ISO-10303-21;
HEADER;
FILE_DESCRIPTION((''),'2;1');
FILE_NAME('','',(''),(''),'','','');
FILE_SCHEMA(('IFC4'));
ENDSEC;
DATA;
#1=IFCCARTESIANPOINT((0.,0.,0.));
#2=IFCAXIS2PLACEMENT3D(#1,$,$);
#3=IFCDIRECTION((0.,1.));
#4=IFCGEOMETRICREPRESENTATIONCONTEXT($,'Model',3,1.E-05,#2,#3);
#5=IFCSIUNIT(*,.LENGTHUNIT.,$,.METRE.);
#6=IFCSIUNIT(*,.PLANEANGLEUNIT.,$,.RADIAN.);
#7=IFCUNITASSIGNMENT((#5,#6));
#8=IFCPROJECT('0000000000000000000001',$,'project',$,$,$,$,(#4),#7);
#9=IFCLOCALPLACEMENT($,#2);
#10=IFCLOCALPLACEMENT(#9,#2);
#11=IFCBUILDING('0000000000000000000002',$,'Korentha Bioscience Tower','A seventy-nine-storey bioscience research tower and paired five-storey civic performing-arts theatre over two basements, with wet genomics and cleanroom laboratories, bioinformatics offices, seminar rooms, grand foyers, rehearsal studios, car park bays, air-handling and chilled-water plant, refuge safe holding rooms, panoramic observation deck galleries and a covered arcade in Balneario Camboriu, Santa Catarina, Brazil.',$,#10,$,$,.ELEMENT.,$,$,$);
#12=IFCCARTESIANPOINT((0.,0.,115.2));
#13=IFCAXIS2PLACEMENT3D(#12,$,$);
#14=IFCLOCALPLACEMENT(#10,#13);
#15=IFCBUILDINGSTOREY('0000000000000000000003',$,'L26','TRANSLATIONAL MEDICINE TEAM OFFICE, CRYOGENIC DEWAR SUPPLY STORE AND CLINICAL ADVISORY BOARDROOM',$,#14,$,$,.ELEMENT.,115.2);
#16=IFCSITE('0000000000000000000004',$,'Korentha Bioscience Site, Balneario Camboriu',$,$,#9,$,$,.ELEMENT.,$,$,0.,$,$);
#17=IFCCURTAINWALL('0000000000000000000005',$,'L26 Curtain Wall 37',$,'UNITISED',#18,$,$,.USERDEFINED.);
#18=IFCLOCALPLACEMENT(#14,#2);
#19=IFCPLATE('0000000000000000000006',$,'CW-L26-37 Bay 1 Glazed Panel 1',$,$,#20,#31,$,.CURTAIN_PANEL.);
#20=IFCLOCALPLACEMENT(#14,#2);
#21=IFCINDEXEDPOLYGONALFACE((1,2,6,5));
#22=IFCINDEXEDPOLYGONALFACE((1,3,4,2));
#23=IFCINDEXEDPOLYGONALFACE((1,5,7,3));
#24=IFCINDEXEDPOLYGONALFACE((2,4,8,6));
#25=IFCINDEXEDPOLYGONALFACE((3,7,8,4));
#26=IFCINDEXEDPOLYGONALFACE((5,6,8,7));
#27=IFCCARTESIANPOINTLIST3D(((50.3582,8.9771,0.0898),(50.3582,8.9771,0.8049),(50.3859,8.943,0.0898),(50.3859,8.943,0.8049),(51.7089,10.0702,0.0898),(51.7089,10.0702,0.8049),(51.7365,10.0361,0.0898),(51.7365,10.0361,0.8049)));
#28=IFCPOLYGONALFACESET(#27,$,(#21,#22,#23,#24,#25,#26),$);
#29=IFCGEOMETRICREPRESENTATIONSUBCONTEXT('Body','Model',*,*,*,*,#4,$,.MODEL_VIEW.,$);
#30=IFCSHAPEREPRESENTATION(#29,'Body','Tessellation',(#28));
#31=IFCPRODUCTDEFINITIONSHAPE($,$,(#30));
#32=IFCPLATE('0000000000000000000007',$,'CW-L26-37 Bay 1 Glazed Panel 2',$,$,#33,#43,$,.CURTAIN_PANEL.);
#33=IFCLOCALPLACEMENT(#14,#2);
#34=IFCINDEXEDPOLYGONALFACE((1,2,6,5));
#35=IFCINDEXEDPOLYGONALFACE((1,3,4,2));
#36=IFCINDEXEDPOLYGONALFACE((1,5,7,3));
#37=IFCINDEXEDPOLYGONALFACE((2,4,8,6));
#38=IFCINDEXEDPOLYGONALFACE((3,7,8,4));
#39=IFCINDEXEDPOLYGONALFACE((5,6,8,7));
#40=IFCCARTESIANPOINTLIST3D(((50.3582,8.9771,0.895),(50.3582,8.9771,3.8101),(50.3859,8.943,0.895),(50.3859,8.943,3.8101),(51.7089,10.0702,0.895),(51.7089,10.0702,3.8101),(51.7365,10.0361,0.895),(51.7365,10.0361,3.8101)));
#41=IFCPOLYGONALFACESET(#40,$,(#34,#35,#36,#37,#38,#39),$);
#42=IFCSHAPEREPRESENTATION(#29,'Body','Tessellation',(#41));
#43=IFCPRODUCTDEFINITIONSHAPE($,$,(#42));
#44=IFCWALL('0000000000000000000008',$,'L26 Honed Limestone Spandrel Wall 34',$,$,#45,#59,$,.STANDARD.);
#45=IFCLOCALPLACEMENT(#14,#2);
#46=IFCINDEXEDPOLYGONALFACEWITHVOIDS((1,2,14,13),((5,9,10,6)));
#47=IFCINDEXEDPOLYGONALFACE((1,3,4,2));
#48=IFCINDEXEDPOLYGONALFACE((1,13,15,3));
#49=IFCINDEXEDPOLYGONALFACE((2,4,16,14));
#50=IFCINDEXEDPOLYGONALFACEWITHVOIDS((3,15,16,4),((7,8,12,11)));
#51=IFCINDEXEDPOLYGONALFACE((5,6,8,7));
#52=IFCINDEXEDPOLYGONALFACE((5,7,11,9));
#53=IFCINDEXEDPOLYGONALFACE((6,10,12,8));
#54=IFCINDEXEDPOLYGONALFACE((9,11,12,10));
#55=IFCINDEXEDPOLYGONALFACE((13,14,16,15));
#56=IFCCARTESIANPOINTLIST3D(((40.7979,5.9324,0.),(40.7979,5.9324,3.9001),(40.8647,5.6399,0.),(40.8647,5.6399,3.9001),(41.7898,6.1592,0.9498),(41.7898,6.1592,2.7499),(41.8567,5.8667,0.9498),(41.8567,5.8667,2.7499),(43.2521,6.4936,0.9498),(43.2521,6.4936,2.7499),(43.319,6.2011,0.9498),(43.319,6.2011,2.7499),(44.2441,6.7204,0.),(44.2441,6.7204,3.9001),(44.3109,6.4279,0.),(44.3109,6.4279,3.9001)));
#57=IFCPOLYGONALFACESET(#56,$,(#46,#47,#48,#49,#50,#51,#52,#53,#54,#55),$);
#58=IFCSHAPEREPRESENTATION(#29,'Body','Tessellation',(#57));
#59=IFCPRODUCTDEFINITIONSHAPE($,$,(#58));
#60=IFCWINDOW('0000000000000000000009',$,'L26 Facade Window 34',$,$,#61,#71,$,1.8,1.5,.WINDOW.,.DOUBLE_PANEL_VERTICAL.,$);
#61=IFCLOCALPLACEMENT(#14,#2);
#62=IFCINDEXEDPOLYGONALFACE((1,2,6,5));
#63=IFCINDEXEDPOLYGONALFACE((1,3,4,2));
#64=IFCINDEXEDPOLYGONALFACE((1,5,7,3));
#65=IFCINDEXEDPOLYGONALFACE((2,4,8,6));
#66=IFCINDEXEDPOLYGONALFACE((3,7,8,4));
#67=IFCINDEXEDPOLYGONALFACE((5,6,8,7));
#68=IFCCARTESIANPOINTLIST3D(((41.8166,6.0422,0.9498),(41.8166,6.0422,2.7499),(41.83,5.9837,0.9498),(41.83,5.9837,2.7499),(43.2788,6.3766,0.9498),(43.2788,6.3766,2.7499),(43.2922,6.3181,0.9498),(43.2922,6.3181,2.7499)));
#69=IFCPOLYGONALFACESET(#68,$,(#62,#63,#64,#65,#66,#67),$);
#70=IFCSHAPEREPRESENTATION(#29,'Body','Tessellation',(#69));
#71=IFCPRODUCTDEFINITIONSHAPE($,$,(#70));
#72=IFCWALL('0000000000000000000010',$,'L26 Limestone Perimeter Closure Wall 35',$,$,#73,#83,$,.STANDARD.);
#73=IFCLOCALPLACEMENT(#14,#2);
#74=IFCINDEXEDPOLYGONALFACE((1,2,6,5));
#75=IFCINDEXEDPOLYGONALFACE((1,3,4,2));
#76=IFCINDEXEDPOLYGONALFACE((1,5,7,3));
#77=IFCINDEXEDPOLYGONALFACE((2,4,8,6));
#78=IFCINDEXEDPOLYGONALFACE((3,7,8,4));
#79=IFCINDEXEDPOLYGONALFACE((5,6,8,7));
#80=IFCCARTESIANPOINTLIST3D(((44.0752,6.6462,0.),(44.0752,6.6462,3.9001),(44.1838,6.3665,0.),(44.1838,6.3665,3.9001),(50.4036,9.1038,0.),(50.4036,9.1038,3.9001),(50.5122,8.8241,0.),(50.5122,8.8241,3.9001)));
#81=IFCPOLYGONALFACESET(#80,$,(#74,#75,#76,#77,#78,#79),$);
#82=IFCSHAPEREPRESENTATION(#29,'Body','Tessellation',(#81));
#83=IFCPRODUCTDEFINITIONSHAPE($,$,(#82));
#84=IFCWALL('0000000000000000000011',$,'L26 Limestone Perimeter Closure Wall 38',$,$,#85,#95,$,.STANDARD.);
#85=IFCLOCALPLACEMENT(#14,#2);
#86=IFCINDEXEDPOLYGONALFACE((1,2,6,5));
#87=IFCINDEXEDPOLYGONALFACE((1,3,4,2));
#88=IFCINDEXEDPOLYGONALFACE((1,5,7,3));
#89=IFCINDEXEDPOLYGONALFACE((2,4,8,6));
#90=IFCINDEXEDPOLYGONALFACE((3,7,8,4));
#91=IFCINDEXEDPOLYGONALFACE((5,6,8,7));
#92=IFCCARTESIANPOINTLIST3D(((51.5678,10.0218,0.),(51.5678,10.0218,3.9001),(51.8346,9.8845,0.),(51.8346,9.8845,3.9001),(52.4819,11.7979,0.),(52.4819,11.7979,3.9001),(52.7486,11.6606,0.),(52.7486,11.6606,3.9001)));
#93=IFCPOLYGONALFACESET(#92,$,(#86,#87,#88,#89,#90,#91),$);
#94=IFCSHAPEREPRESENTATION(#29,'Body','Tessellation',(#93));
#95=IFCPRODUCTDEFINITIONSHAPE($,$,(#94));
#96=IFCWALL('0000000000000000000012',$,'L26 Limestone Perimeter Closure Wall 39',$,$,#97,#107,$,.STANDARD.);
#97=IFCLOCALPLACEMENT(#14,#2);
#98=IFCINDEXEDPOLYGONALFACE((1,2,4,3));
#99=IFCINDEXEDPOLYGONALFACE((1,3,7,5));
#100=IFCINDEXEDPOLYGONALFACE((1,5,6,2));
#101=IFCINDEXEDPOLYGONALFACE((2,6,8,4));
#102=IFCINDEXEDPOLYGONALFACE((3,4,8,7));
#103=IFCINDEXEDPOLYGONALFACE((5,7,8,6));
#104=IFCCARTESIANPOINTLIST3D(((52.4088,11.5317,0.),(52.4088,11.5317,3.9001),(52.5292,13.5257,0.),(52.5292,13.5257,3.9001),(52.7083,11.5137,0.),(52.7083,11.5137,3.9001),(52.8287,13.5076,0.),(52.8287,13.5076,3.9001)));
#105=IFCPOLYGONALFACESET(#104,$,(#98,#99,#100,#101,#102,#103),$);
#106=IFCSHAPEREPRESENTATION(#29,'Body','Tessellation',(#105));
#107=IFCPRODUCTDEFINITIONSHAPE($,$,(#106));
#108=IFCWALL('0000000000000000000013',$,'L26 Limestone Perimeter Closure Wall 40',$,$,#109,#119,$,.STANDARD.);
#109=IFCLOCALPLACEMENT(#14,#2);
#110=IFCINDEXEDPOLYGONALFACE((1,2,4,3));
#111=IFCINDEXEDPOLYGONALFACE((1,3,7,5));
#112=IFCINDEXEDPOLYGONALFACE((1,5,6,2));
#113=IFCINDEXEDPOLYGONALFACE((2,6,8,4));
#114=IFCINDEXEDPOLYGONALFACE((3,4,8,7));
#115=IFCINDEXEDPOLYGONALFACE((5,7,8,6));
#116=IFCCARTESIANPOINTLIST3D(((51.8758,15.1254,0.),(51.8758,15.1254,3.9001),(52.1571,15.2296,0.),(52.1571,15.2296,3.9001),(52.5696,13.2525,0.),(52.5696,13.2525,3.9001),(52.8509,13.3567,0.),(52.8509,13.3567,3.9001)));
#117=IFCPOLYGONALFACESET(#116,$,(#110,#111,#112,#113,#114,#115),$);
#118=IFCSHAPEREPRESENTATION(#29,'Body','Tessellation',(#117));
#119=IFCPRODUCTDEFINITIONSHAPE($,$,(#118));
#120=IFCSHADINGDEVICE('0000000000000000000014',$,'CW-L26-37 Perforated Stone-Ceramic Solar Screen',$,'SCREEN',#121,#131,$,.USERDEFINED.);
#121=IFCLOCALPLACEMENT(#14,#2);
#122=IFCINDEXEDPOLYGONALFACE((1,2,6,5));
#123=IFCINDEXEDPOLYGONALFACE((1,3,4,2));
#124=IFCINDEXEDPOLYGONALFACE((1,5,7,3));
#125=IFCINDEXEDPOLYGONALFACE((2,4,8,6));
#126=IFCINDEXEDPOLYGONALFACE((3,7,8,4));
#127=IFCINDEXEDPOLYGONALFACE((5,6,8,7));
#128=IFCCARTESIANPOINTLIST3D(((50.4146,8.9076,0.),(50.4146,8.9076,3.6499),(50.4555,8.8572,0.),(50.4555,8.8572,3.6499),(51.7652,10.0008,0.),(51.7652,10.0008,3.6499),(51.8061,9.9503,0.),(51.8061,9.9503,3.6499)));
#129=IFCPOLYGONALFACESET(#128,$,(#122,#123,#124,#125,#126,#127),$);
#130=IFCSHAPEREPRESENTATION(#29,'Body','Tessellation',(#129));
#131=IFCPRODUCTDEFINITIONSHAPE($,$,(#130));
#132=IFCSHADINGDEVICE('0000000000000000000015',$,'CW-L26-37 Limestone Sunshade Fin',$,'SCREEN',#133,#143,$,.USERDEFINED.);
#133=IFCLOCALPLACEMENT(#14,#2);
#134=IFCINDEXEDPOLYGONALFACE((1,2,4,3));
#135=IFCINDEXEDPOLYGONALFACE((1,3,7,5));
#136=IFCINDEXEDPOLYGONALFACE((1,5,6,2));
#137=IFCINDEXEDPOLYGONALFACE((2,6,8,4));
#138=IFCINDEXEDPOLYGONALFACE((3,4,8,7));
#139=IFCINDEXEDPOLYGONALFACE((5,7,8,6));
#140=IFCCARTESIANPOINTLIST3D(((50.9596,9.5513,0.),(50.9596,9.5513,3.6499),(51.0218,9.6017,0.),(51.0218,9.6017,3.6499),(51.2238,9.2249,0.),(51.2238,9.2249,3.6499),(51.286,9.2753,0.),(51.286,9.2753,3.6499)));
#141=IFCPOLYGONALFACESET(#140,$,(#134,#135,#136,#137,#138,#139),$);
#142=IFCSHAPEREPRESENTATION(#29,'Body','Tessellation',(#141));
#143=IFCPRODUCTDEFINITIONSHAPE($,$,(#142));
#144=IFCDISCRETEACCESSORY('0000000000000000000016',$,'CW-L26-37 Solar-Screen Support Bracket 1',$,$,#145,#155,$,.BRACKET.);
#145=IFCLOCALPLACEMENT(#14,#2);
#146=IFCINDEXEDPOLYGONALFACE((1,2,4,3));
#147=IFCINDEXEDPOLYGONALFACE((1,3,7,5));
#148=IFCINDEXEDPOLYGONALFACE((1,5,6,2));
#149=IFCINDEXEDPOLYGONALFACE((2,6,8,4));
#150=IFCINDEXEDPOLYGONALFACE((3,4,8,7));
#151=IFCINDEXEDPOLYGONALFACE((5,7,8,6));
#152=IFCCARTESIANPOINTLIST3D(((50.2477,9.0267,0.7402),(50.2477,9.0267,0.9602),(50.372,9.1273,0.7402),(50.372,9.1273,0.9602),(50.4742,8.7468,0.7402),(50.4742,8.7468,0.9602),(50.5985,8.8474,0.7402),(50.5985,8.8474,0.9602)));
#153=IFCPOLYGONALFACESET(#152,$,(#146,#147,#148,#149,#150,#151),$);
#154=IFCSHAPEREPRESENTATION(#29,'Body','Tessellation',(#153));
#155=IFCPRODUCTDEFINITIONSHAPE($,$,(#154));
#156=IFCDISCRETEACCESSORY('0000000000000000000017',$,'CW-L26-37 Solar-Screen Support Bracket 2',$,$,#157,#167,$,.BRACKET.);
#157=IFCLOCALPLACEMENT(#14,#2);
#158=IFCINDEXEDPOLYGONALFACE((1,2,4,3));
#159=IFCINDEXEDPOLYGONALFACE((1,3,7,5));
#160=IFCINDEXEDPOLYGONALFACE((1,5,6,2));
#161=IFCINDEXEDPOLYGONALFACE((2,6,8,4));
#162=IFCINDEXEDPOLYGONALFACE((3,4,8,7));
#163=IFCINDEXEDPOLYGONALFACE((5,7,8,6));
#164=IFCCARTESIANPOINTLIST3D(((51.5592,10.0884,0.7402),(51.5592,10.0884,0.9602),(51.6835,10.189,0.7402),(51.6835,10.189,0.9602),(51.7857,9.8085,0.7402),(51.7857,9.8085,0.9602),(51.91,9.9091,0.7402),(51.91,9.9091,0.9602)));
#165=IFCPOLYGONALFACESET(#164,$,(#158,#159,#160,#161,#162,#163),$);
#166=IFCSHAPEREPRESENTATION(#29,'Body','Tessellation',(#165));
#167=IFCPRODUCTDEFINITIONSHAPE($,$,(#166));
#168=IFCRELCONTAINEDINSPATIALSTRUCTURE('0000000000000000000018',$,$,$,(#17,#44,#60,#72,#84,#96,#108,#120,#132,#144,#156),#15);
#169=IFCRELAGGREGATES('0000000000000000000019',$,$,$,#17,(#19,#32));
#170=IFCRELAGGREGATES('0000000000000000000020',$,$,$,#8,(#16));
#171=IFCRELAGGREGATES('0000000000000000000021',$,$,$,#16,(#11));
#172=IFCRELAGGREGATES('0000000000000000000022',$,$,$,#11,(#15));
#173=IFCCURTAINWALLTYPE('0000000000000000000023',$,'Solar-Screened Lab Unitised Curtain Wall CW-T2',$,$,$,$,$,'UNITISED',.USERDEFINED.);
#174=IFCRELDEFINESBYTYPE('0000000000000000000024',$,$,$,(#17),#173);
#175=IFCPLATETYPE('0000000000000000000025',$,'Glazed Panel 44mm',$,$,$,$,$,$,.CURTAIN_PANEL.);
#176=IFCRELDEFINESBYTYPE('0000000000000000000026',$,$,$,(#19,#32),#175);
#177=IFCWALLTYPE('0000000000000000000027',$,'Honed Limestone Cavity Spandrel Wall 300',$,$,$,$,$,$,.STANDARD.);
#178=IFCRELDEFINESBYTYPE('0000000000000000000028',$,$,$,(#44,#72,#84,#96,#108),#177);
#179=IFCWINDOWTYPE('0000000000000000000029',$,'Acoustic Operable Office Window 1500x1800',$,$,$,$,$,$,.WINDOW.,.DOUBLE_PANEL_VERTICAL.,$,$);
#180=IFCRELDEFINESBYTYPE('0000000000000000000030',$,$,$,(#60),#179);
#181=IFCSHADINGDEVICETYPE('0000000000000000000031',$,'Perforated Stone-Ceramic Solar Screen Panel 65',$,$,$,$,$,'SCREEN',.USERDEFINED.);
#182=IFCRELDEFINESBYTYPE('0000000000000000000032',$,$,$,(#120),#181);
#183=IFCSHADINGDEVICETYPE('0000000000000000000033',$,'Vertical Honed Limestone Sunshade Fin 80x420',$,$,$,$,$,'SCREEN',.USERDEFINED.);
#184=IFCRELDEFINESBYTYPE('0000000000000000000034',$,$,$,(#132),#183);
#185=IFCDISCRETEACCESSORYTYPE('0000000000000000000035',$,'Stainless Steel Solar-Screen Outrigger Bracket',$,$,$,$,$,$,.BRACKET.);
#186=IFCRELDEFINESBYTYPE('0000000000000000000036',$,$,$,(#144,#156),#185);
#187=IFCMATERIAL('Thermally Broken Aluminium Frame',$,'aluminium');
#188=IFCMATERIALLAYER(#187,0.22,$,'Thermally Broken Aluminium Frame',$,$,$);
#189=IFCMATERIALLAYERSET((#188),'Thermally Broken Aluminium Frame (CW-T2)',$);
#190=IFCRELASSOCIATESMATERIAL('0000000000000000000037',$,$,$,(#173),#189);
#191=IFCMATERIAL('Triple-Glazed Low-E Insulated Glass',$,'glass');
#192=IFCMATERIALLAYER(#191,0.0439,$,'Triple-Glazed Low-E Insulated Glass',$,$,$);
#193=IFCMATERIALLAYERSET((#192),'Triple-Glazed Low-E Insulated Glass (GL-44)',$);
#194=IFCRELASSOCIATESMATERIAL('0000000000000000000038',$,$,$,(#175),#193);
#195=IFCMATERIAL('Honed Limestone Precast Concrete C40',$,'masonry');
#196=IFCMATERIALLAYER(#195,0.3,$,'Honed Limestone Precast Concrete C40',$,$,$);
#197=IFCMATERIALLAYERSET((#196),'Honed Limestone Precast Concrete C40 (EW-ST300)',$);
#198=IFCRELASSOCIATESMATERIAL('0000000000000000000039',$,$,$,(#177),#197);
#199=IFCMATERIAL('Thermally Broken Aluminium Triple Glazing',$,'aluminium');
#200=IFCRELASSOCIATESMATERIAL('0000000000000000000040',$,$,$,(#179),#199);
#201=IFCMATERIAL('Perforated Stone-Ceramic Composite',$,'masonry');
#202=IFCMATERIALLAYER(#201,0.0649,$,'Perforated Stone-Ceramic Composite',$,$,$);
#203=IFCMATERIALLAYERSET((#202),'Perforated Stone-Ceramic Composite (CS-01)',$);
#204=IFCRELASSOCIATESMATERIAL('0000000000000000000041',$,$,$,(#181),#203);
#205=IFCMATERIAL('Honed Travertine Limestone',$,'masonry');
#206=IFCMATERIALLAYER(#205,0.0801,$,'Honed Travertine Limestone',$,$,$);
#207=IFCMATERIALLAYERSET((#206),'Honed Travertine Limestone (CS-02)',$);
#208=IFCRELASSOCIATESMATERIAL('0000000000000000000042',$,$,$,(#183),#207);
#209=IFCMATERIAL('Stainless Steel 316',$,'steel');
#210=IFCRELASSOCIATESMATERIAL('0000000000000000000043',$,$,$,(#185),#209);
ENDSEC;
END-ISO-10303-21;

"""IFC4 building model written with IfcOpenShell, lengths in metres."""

from ifc_helpers import new_model, si_unit, direction, frame, frame_2d, origin, origin_2d, place, context, subcontext, project, spatial, rectangle, extrude, material, layer, layer_set, type_object, element, fill, aggregate, save


model = new_model("IFC4")

# Units and contexts
model_context = context("Model", 3, precision=1e-05, world=origin(), true_north=direction((0.0, 1.0)))
body_context = subcontext(model_context, "Body", "Model", "MODEL_VIEW")
ifc_project = project(units=[si_unit("LENGTHUNIT", "METRE"), si_unit("PLANEANGLEUNIT", "RADIAN")], contexts=[model_context])

# Site, building, storey
site_placement = place(None, origin())
site = spatial("IfcSite", under=ifc_project, at=site_placement, Name="Korentha Bioscience Site, Balneario Camboriu", CompositionType="ELEMENT", RefElevation=0.0)
building_placement = place(site_placement, origin())
building = spatial("IfcBuilding", under=site, at=building_placement, Name="Korentha Bioscience Tower", Description="A seventy-nine-storey bioscience research tower and paired five-storey civic performing-arts theatre over two basements, with wet genomics and cleanroom laboratories, bioinformatics offices, seminar rooms, grand foyers, rehearsal studios, car park bays, air-handling and chilled-water plant, refuge safe holding rooms, panoramic observation deck galleries and a covered arcade in Balneario Camboriu, Santa Catarina, Brazil.", CompositionType="ELEMENT")
storey_placement = place(building_placement, frame((0.0, 0.0, 115.2)))
storey = spatial("IfcBuildingStorey", under=building, at=storey_placement, Name="L26", Description="TRANSLATIONAL MEDICINE TEAM OFFICE, CRYOGENIC DEWAR SUPPLY STORE AND CLINICAL ADVISORY BOARDROOM", CompositionType="ELEMENT", Elevation=115.2)

# Curtain wall
ifc_material_1 = material(Name="Thermally Broken Aluminium Frame", Category="aluminium")
ifc_layer_1 = layer(ifc_material_1, 0.22, Name="Thermally Broken Aluminium Frame")
ifc_layer_set_1 = layer_set([ifc_layer_1], Name="Thermally Broken Aluminium Frame (CW-T2)")
curtain_wall_type = type_object("IfcCurtainWallType", Name="Solar-Screened Lab Unitised Curtain Wall CW-T2", ElementType="UNITISED", PredefinedType="USERDEFINED", material=ifc_layer_set_1)
curtain_wall_placement = place(storey_placement, origin())
curtain_wall = element("IfcCurtainWall", 1, at=curtain_wall_placement, inside=storey, type_object=curtain_wall_type, Name="L26 Curtain Wall 37", ObjectType="UNITISED", PredefinedType="USERDEFINED")

# Plates
ifc_material_2 = material(Name="Triple-Glazed Low-E Insulated Glass", Category="glass")
ifc_layer_2 = layer(ifc_material_2, 0.0439, Name="Triple-Glazed Low-E Insulated Glass")
ifc_layer_set_2 = layer_set([ifc_layer_2], Name="Triple-Glazed Low-E Insulated Glass (GL-44)")
plate_type = type_object("IfcPlateType", Name="Glazed Panel 44mm", PredefinedType="CURTAIN_PANEL", material=ifc_layer_set_2)
plate_1_placement = place(storey_placement, frame((51.0474, 9.5066, 0.0898), z_axis=(0.0, 0.0, 1.0), x_axis=(0.777315, 0.629111, 0.0)))
plate_1 = element("IfcPlate", 2, at=plate_1_placement, type_object=plate_type, Name="CW-L26-37 Bay 1 Glazed Panel 1", PredefinedType="CURTAIN_PANEL", context=body_context, shape_type="SweptSolid", body=[
    extrude(rectangle(XDim=1.7375, YDim=0.0439, at=origin_2d()), origin(), (0.0, 0.0, 1.0), 0.7151),
])
plate_2_placement = place(storey_placement, frame((51.0474, 9.5066, 0.895), z_axis=(0.0, 0.0, 1.0), x_axis=(0.777315, 0.629111, 0.0)))
plate_2 = element("IfcPlate", 3, at=plate_2_placement, type_object=plate_type, Name="CW-L26-37 Bay 1 Glazed Panel 2", PredefinedType="CURTAIN_PANEL", context=body_context, shape_type="SweptSolid", body=[
    extrude(rectangle(XDim=1.7375, YDim=0.0439, at=origin_2d()), origin(), (0.0, 0.0, 1.0), 2.915),
])
aggregate(curtain_wall, [plate_1, plate_2])

# Wall, opening, window
ifc_material_3 = material(Name="Honed Limestone Precast Concrete C40", Category="masonry")
ifc_layer_3 = layer(ifc_material_3, 0.3, Name="Honed Limestone Precast Concrete C40")
ifc_layer_set_3 = layer_set([ifc_layer_3], Name="Honed Limestone Precast Concrete C40 (EW-ST300)")
wall_type = type_object("IfcWallType", Name="Honed Limestone Cavity Spandrel Wall 300", PredefinedType="STANDARD", material=ifc_layer_set_3)
wall_1_placement = place(storey_placement, frame((40.8313, 5.7861, 0.0), z_axis=(0.0, 0.0, 1.0), x_axis=(0.974836, 0.222922, 0.0)))
wall_1 = element("IfcWall", 4, at=wall_1_placement, inside=storey, type_object=wall_type, Name="L26 Honed Limestone Spandrel Wall 34", PredefinedType="STANDARD", context=body_context, shape_type="SweptSolid", body=[
    extrude(rectangle(XDim=3.5352, YDim=0.3, at=frame_2d((1.7676, 0.0))), origin(), (0.0, 0.0, 1.0), 3.9001),
])
opening_placement = place(wall_1_placement, frame((1.0176, 0.0, 0.95)))
opening = element("IfcOpeningElement", 5, at=opening_placement, cuts=wall_1, PredefinedType="OPENING", context=body_context, shape_type="SweptSolid", body=[
    extrude(rectangle(XDim=1.5, YDim=1.8, at=frame_2d((0.75, 0.8999))), frame((0.0, 0.165, 0.0), z_axis=(0.0, -1.0, 0.0), x_axis=(1.0, 0.0, 0.0)), (0.0, 0.0, 1.0), 0.3298),
])
ifc_material_4 = material(Name="Thermally Broken Aluminium Triple Glazing", Category="aluminium")
window_type = type_object("IfcWindowType", Name="Acoustic Operable Office Window 1500x1800", PartitioningType="DOUBLE_PANEL_VERTICAL", PredefinedType="WINDOW", material=ifc_material_4)
window_placement = place(opening_placement, origin())
window = element("IfcWindow", 6, at=window_placement, inside=storey, type_object=window_type, Name="L26 Facade Window 34", OverallHeight=1.8, OverallWidth=1.5, PartitioningType="DOUBLE_PANEL_VERTICAL", PredefinedType="WINDOW", context=body_context, shape_type="SweptSolid", body=[
    extrude(rectangle(XDim=1.5, YDim=1.8, at=frame_2d((0.75, 0.8999))), frame((0.0, 0.03, 0.0), z_axis=(0.0, -1.0, 0.0), x_axis=(1.0, 0.0, 0.0)), (0.0, 0.0, 1.0), 0.0601),
])
fill(opening, window)

# Walls
wall_2_placement = place(storey_placement, frame((44.1294, 6.5063, 0.0), z_axis=(0.0, 0.0, 1.0), x_axis=(0.932179, 0.361997, 0.0)))
element("IfcWall", 7, at=wall_2_placement, inside=storey, type_object=wall_type, Name="L26 Limestone Perimeter Closure Wall 35", PredefinedType="STANDARD", context=body_context, shape_type="SweptSolid", body=[
    extrude(rectangle(XDim=6.7888, YDim=0.3, at=frame_2d((3.3945, 0.0))), origin(), (0.0, 0.0, 1.0), 3.9001),
])
for number, where, z_axis, x_axis, name in (
    (8, (51.7012, 9.9531, 0.0), (0.0, 0.0, 1.0), (0.457597, 0.88916, 0.0), "L26 Limestone Perimeter Closure Wall 38"),
    (9, (52.5586, 11.5227, 0.0), (0.0, 0.0, 1.0), (0.060255, 0.998183, 0.0), "L26 Limestone Perimeter Closure Wall 39"),
):
    element("IfcWall", number, at=place(storey_placement, frame(where, z_axis=z_axis, x_axis=x_axis)), inside=storey, type_object=wall_type, Name=name, PredefinedType="STANDARD", context=body_context, shape_type="SweptSolid", body=[
        extrude(rectangle(XDim=1.9976, YDim=0.3, at=frame_2d((0.9988, 0.0))), origin(), (0.0, 0.0, 1.0), 3.9001),
    ])
wall_3_placement = place(storey_placement, frame((52.7102, 13.3047, 0.0), z_axis=(0.0, 0.0, 1.0), x_axis=(-0.34737, 0.937728, 0.0)))
element("IfcWall", 10, at=wall_3_placement, inside=storey, type_object=wall_type, Name="L26 Limestone Perimeter Closure Wall 40", PredefinedType="STANDARD", context=body_context, shape_type="SweptSolid", body=[
    extrude(rectangle(XDim=1.9973, YDim=0.3, at=frame_2d((0.9985, 0.0))), origin(), (0.0, 0.0, 1.0), 3.9001),
])

# Shading devices
ifc_material_5 = material(Name="Perforated Stone-Ceramic Composite", Category="masonry")
ifc_layer_4 = layer(ifc_material_5, 0.0649, Name="Perforated Stone-Ceramic Composite")
ifc_layer_set_4 = layer_set([ifc_layer_4], Name="Perforated Stone-Ceramic Composite (CS-01)")
shading_device_type_1 = type_object("IfcShadingDeviceType", Name="Perforated Stone-Ceramic Solar Screen Panel 65", ElementType="SCREEN", PredefinedType="USERDEFINED", material=ifc_layer_set_4)
shading_device_1_placement = place(storey_placement, frame((51.1104, 9.429, 0.0), z_axis=(0.0, 0.0, 1.0), x_axis=(0.777315, 0.629111, 0.0)))
element("IfcShadingDevice", 11, at=shading_device_1_placement, inside=storey, type_object=shading_device_type_1, Name="CW-L26-37 Perforated Stone-Ceramic Solar Screen", ObjectType="SCREEN", PredefinedType="USERDEFINED", context=body_context, shape_type="SweptSolid", body=[
    extrude(rectangle(XDim=1.7375, YDim=0.0649, at=origin_2d()), origin(), (0.0, 0.0, 1.0), 3.6499),
])
ifc_material_6 = material(Name="Honed Travertine Limestone", Category="masonry")
ifc_layer_5 = layer(ifc_material_6, 0.0801, Name="Honed Travertine Limestone")
ifc_layer_set_5 = layer_set([ifc_layer_5], Name="Honed Travertine Limestone (CS-02)")
shading_device_type_2 = type_object("IfcShadingDeviceType", Name="Vertical Honed Limestone Sunshade Fin 80x420", ElementType="SCREEN", PredefinedType="USERDEFINED", material=ifc_layer_set_5)
shading_device_2_placement = place(storey_placement, frame((51.1228, 9.4133, 0.0), z_axis=(0.0, 0.0, 1.0), x_axis=(0.777315, 0.629111, 0.0)))
element("IfcShadingDevice", 12, at=shading_device_2_placement, inside=storey, type_object=shading_device_type_2, Name="CW-L26-37 Limestone Sunshade Fin", ObjectType="SCREEN", PredefinedType="USERDEFINED", context=body_context, shape_type="SweptSolid", body=[
    extrude(rectangle(XDim=0.0801, YDim=0.4199, at=origin_2d()), origin(), (0.0, 0.0, 1.0), 3.6499),
])

# Discrete accessories
ifc_material_7 = material(Name="Stainless Steel 316", Category="steel")
discrete_accessory_type = type_object("IfcDiscreteAccessoryType", Name="Stainless Steel Solar-Screen Outrigger Bracket", PredefinedType="BRACKET", material=ifc_material_7)
for number, where, z_axis, x_axis, name in (
    (13, (50.4231, 8.937, 0.7402), (0.0, 0.0, 1.0), (0.777315, 0.629111, 0.0), "CW-L26-37 Solar-Screen Support Bracket 1"),
    (14, (51.7346, 9.9988, 0.7402), (0.0, 0.0, 1.0), (0.777315, 0.629111, 0.0), "CW-L26-37 Solar-Screen Support Bracket 2"),
):
    element("IfcDiscreteAccessory", number, at=place(storey_placement, frame(where, z_axis=z_axis, x_axis=x_axis)), inside=storey, type_object=discrete_accessory_type, Name=name, PredefinedType="BRACKET", context=body_context, shape_type="SweptSolid", body=[
        extrude(rectangle(XDim=0.1599, YDim=0.3601, at=origin_2d()), origin(), (0.0, 0.0, 1.0), 0.22),
    ])

save(model, "model.ifc")
